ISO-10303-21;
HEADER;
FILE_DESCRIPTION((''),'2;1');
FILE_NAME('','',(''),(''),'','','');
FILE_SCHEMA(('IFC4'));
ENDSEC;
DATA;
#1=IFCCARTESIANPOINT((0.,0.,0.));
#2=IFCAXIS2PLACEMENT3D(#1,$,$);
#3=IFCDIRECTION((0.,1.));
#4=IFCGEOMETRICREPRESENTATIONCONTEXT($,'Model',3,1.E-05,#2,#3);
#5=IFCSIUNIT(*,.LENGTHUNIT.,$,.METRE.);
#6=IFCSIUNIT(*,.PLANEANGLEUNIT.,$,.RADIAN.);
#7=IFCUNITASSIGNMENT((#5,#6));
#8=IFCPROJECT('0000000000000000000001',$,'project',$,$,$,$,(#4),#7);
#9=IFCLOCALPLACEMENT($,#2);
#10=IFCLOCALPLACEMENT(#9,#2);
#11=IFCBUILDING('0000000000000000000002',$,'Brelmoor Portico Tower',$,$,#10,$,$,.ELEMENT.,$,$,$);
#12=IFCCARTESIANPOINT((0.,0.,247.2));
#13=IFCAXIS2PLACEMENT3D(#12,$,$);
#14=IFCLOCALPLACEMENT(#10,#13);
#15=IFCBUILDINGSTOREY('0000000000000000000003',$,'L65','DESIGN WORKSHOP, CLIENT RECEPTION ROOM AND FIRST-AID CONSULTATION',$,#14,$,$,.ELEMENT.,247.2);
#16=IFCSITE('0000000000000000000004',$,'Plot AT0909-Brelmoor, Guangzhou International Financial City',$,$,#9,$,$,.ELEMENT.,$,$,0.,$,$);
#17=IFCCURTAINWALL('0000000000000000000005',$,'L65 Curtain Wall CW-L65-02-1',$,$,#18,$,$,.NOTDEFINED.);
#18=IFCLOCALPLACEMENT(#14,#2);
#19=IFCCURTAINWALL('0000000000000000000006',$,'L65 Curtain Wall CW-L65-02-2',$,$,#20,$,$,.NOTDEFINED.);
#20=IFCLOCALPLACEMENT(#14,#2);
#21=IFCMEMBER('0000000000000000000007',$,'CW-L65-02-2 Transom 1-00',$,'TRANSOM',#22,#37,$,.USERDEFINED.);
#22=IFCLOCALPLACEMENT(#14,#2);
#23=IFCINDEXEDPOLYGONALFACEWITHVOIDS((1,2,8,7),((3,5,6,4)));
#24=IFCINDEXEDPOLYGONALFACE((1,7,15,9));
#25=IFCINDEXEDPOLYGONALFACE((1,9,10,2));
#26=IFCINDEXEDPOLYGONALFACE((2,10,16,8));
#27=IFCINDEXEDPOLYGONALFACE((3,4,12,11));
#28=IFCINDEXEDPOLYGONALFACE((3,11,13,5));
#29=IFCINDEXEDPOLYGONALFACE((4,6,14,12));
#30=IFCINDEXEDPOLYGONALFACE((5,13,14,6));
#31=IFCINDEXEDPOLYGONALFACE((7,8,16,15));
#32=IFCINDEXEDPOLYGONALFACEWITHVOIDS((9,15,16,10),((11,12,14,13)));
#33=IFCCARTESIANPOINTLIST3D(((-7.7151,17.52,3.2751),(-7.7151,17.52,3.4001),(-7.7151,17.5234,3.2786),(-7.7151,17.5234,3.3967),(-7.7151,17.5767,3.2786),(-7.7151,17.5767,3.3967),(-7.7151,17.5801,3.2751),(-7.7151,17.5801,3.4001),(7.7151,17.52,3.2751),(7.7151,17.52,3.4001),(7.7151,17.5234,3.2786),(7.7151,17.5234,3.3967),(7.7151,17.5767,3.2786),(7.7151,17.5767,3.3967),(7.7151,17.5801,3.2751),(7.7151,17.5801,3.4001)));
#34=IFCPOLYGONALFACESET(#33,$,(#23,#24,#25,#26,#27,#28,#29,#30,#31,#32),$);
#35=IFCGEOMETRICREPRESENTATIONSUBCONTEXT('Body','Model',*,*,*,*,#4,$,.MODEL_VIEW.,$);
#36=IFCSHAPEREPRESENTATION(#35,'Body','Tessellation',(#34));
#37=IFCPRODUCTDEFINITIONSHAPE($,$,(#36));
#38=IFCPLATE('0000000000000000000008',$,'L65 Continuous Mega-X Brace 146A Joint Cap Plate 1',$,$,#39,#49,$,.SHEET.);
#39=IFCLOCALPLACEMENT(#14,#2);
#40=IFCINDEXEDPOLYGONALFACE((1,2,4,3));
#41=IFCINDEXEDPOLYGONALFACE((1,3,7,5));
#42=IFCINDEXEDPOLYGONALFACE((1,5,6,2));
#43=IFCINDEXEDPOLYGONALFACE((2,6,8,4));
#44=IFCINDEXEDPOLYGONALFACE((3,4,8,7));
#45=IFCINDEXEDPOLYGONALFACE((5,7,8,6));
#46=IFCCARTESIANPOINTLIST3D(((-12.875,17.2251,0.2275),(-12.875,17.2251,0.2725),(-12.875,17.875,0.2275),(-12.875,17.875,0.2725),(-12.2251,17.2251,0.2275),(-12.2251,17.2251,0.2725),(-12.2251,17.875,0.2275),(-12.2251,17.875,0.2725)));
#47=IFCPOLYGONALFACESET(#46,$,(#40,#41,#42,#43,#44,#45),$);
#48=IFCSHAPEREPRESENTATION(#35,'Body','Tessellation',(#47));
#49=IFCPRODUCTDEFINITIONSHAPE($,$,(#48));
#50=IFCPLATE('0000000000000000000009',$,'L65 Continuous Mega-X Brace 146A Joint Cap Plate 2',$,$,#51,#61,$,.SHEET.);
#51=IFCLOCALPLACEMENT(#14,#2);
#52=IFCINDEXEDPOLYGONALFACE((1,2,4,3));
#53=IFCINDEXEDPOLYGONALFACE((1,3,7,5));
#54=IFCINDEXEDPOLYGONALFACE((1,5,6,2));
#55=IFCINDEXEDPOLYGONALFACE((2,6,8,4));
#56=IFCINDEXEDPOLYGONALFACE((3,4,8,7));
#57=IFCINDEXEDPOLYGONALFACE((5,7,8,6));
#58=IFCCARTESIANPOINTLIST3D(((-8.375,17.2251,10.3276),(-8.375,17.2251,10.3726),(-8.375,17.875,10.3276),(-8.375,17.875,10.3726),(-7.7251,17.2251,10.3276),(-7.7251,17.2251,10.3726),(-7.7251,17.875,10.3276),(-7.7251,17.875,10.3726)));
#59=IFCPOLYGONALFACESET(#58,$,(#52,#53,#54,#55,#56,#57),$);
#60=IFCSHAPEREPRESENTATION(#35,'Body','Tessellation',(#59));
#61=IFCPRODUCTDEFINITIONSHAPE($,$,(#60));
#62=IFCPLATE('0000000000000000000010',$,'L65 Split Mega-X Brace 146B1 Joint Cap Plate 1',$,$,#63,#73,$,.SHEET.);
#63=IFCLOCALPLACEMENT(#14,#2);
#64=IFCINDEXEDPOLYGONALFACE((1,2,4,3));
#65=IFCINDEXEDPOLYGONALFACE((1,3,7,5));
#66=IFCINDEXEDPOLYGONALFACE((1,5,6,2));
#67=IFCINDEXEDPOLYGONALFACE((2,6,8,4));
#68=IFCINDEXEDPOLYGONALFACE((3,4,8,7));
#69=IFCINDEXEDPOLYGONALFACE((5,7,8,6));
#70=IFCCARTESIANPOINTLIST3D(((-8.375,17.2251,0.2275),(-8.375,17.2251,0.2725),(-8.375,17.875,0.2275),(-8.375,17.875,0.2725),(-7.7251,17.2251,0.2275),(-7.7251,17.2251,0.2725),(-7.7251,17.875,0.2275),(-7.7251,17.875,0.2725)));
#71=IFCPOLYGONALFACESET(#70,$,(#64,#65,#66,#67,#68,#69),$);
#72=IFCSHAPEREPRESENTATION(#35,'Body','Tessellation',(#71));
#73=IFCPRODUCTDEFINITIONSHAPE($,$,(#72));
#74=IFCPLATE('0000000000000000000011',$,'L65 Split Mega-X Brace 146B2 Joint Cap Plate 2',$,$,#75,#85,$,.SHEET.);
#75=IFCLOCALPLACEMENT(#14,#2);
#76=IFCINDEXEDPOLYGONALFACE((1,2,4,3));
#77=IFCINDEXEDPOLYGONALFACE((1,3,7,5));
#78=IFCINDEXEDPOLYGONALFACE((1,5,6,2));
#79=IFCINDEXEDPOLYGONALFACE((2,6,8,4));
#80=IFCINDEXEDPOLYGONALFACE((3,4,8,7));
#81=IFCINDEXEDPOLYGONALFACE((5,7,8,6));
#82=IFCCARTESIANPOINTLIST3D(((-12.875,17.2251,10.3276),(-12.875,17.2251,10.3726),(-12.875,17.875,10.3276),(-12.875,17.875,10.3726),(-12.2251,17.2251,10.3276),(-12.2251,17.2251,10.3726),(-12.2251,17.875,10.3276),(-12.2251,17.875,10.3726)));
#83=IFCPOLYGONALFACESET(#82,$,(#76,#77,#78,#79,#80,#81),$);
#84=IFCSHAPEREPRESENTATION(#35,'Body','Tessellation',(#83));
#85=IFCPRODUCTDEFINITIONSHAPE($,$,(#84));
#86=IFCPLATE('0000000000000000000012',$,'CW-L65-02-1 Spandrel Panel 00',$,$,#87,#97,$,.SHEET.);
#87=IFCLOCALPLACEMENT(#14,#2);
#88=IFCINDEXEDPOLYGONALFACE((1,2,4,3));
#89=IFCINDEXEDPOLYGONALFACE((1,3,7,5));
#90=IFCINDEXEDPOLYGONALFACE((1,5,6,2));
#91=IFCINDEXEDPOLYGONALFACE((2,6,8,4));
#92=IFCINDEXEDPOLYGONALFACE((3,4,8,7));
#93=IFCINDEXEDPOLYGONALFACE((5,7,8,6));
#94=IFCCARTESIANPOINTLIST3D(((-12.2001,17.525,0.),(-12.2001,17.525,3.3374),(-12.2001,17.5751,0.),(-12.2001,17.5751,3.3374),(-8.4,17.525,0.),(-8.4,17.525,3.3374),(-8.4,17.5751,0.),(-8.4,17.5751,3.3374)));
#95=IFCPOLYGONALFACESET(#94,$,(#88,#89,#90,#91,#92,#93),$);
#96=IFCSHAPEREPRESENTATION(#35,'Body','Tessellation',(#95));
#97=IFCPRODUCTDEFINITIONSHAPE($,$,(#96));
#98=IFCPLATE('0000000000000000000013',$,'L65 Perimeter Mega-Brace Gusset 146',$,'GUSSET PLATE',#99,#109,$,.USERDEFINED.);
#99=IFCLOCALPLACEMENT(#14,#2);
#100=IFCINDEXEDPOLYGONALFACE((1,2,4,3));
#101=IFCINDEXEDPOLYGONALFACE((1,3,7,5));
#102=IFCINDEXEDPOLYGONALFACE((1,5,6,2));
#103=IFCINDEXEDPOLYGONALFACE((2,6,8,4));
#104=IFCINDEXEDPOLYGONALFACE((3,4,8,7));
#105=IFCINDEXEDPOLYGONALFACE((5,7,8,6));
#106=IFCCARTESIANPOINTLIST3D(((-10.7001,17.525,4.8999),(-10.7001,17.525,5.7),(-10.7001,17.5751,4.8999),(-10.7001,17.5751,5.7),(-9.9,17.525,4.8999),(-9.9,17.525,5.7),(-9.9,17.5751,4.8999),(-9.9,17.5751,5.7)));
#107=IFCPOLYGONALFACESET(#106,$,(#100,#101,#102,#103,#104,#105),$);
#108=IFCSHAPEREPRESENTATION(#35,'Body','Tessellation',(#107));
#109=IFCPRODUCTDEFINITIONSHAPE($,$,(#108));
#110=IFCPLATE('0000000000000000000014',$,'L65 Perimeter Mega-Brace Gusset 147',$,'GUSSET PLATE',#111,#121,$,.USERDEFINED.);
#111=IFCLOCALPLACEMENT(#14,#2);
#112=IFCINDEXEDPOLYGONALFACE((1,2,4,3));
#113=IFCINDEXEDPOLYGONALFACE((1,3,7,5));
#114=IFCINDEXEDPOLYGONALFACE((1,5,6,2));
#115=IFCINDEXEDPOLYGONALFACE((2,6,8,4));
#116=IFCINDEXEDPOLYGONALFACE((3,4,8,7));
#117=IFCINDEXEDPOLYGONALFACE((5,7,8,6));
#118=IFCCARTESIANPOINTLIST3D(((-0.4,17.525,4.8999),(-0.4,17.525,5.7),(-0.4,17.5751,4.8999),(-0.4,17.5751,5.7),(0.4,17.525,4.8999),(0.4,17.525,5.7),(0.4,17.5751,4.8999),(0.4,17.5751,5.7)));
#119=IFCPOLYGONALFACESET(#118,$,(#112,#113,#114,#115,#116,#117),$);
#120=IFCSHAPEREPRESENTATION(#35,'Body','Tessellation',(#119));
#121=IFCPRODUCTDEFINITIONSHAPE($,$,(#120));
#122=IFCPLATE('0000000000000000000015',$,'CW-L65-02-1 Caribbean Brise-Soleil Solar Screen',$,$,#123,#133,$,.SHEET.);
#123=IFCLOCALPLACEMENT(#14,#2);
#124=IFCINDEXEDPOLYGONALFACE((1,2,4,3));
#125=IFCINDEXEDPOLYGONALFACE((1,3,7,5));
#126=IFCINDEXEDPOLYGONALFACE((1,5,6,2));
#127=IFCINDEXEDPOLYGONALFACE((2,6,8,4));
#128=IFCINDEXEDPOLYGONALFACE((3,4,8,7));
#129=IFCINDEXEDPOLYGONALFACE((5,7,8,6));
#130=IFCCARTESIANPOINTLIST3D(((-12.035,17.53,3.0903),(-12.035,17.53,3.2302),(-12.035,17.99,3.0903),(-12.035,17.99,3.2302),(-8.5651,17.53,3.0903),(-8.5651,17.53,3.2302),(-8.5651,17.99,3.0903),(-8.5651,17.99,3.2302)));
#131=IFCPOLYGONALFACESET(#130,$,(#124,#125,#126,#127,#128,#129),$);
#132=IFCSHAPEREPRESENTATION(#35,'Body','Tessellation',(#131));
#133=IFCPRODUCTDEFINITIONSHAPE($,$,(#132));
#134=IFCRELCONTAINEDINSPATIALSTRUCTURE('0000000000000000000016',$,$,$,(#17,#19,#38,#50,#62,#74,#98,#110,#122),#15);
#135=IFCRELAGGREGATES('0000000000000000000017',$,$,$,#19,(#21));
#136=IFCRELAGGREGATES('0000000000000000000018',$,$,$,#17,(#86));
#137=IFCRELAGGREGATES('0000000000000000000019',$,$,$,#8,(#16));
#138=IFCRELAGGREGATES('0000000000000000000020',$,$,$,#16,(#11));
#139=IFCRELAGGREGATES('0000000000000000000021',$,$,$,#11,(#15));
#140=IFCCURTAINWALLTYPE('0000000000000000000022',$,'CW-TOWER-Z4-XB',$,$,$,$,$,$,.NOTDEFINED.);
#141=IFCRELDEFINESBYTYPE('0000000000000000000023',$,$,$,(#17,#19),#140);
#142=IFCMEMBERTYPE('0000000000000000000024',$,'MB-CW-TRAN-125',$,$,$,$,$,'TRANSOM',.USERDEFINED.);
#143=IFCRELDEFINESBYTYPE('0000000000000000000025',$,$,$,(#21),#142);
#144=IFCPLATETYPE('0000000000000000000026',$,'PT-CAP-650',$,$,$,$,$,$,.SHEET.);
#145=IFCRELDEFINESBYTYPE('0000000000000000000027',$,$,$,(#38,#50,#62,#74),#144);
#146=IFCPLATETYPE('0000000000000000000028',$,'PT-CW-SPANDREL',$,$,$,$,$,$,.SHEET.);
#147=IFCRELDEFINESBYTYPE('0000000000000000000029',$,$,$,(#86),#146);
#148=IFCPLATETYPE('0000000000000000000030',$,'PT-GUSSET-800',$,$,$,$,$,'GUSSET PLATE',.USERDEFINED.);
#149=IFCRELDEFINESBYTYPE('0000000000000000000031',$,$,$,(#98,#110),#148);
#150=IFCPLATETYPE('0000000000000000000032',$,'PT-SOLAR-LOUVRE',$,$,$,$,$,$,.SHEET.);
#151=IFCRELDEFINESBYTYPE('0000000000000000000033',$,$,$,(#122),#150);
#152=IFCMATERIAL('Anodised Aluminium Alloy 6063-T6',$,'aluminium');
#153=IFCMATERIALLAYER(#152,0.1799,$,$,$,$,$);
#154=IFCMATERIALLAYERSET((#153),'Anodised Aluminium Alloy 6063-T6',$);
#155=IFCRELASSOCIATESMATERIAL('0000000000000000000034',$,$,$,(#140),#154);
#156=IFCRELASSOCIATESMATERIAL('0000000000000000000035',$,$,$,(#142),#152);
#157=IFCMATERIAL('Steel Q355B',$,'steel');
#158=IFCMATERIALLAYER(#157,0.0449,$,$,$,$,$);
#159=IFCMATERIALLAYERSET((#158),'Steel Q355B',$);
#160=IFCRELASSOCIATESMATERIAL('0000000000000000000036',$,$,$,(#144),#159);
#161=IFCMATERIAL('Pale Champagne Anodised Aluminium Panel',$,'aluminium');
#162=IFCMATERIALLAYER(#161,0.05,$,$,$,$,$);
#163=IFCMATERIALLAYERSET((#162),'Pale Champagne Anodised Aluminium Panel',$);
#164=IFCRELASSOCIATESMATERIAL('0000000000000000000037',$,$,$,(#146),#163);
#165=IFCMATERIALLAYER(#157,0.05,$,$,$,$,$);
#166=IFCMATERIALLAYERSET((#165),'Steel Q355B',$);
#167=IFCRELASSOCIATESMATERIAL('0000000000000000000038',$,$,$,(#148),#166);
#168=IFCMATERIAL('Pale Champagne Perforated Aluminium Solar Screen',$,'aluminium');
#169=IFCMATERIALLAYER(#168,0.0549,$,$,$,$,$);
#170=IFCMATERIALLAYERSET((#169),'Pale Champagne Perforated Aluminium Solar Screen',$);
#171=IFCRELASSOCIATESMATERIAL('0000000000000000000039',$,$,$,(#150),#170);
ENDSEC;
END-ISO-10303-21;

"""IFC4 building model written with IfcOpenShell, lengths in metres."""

from ifc_helpers import new_model, si_unit, direction, frame, origin, origin_2d, place, context, subcontext, project, spatial, rectangle, hollow_rectangle, extrude, material, layer, layer_set, material_profile, profile_set, type_object, element, aggregate, save


model = new_model("IFC4")

# Units and contexts
model_context = context("Model", 3, precision=1e-05, world=origin(), true_north=direction((0.0, 1.0)))
body_context = subcontext(model_context, "Body", "Model", "MODEL_VIEW")
ifc_project = project(units=[si_unit("LENGTHUNIT", "METRE"), si_unit("PLANEANGLEUNIT", "RADIAN")], contexts=[model_context])

# Site, building, storey
site_placement = place(None, origin())
site = spatial("IfcSite", under=ifc_project, at=site_placement, Name="Plot AT0909-Brelmoor, Guangzhou International Financial City", CompositionType="ELEMENT", RefElevation=0.0)
building_placement = place(site_placement, origin())
building = spatial("IfcBuilding", under=site, at=building_placement, Name="Brelmoor Portico Tower", CompositionType="ELEMENT")
storey_placement = place(building_placement, frame((0.0, 0.0, 247.2)))
storey = spatial("IfcBuildingStorey", under=building, at=storey_placement, Name="L65", Description="DESIGN WORKSHOP, CLIENT RECEPTION ROOM AND FIRST-AID CONSULTATION", CompositionType="ELEMENT", Elevation=247.2)

# Shared definitions
ifc_material_1 = material(Name="Steel Q355B", Category="steel")

# Curtain wall
ifc_material_2 = material(Name="Anodised Aluminium Alloy 6063-T6", Category="aluminium")
ifc_layer_1 = layer(ifc_material_2, 0.1799)
ifc_layer_set_1 = layer_set([ifc_layer_1], Name="Anodised Aluminium Alloy 6063-T6")
curtain_wall_type = type_object("IfcCurtainWallType", Name="CW-TOWER-Z4-XB", PredefinedType="NOTDEFINED", material=ifc_layer_set_1)
curtain_wall_1_placement = place(storey_placement, origin())
curtain_wall_1 = element("IfcCurtainWall", 1, at=curtain_wall_1_placement, inside=storey, type_object=curtain_wall_type, Name="L65 Curtain Wall CW-L65-02-1", PredefinedType="NOTDEFINED")

# Curtain wall
curtain_wall_2_placement = place(storey_placement, origin())
curtain_wall_2 = element("IfcCurtainWall", 2, at=curtain_wall_2_placement, inside=storey, type_object=curtain_wall_type, Name="L65 Curtain Wall CW-L65-02-2", PredefinedType="NOTDEFINED")

# Member
ifc_material_profile_1 = material_profile(ifc_material_2, hollow_rectangle(XDim=0.0601, YDim=0.125, WallThickness=0.0034, at=origin_2d()), Name="ALU TRANSOM 60x125")
ifc_profile_set_1 = profile_set([ifc_material_profile_1], Name="Anodised Aluminium Alloy 6063-T6")
member_type_1 = type_object("IfcMemberType", Name="MB-CW-TRAN-125", ElementType="TRANSOM", PredefinedType="USERDEFINED", material=ifc_profile_set_1)
member_1_placement = place(storey_placement, frame((-7.7151, 17.55, 3.3376), z_axis=(1.0, 0.0, 0.0), x_axis=(0.0, 1.0, 0.0)))
member_1 = element("IfcMember", 3, at=member_1_placement, type_object=member_type_1, Name="CW-L65-02-2 Transom 1-00", ObjectType="TRANSOM", PredefinedType="USERDEFINED", context=body_context, shape_type="SweptSolid", body=[
    extrude(hollow_rectangle(XDim=0.0601, YDim=0.125, WallThickness=0.0034, at=origin_2d()), origin(), (0.0, 0.0, 1.0), 15.4302),
])
aggregate(curtain_wall_2, [member_1])

# Plates
ifc_layer_2 = layer(ifc_material_1, 0.0449)
ifc_layer_set_2 = layer_set([ifc_layer_2], Name="Steel Q355B")
plate_type_1 = type_object("IfcPlateType", Name="PT-CAP-650", PredefinedType="SHEET", material=ifc_layer_set_2)
for number, where, z_axis, x_axis, name in (
    (4, (-12.55, 17.55, 0.2275), (0.0, 0.0, 1.0), (1.0, 0.0, 0.0), "L65 Continuous Mega-X Brace 146A Joint Cap Plate 1"),
    (5, (-8.05, 17.55, 10.3276), (0.0, 0.0, 1.0), (1.0, 0.0, 0.0), "L65 Continuous Mega-X Brace 146A Joint Cap Plate 2"),
    (6, (-8.05, 17.55, 0.2275), (0.0, 0.0, 1.0), (1.0, 0.0, 0.0), "L65 Split Mega-X Brace 146B1 Joint Cap Plate 1"),
    (7, (-12.55, 17.55, 10.3276), (0.0, 0.0, 1.0), (1.0, 0.0, 0.0), "L65 Split Mega-X Brace 146B2 Joint Cap Plate 2"),
):
    element("IfcPlate", number, at=place(storey_placement, frame(where, z_axis=z_axis, x_axis=x_axis)), inside=storey, type_object=plate_type_1, Name=name, PredefinedType="SHEET", context=body_context, shape_type="SweptSolid", body=[
        extrude(rectangle(XDim=0.6499, YDim=0.6499, at=origin_2d()), origin(), (0.0, 0.0, 1.0), 0.0449),
    ])

# Plate
ifc_material_3 = material(Name="Pale Champagne Anodised Aluminium Panel", Category="aluminium")
ifc_layer_3 = layer(ifc_material_3, 0.05)
ifc_layer_set_3 = layer_set([ifc_layer_3], Name="Pale Champagne Anodised Aluminium Panel")
plate_type_2 = type_object("IfcPlateType", Name="PT-CW-SPANDREL", PredefinedType="SHEET", material=ifc_layer_set_3)
plate_1_placement = place(storey_placement, frame((-10.3, 17.55, 0.0), z_axis=(0.0, 0.0, 1.0), x_axis=(1.0, 0.0, 0.0)))
plate_1 = element("IfcPlate", 8, at=plate_1_placement, type_object=plate_type_2, Name="CW-L65-02-1 Spandrel Panel 00", PredefinedType="SHEET", context=body_context, shape_type="SweptSolid", body=[
    extrude(rectangle(XDim=3.8, YDim=0.05, at=origin_2d()), origin(), (0.0, 0.0, 1.0), 3.3374),
])
aggregate(curtain_wall_1, [plate_1])

# Plates
ifc_layer_4 = layer(ifc_material_1, 0.05)
ifc_layer_set_4 = layer_set([ifc_layer_4], Name="Steel Q355B")
plate_type_3 = type_object("IfcPlateType", Name="PT-GUSSET-800", ElementType="GUSSET PLATE", PredefinedType="USERDEFINED", material=ifc_layer_set_4)
for number, where, z_axis, x_axis, name in (
    (9, (-10.3, 17.55, 4.8999), (0.0, 0.0, 1.0), (1.0, 0.0, 0.0), "L65 Perimeter Mega-Brace Gusset 146"),
    (10, (0.0, 17.55, 4.8999), (0.0, 0.0, 1.0), (1.0, 0.0, 0.0), "L65 Perimeter Mega-Brace Gusset 147"),
):
    element("IfcPlate", number, at=place(storey_placement, frame(where, z_axis=z_axis, x_axis=x_axis)), inside=storey, type_object=plate_type_3, Name=name, ObjectType="GUSSET PLATE", PredefinedType="USERDEFINED", context=body_context, shape_type="SweptSolid", body=[
        extrude(rectangle(XDim=0.8, YDim=0.05, at=origin_2d()), origin(), (0.0, 0.0, 1.0), 0.8),
    ])
ifc_material_4 = material(Name="Pale Champagne Perforated Aluminium Solar Screen", Category="aluminium")
ifc_layer_5 = layer(ifc_material_4, 0.0549)
ifc_layer_set_5 = layer_set([ifc_layer_5], Name="Pale Champagne Perforated Aluminium Solar Screen")
plate_type_4 = type_object("IfcPlateType", Name="PT-SOLAR-LOUVRE", PredefinedType="SHEET", material=ifc_layer_set_5)
plate_2_placement = place(storey_placement, frame((-10.3, 17.76, 3.0903), z_axis=(0.0, 0.0, 1.0), x_axis=(1.0, 0.0, 0.0)))
element("IfcPlate", 11, at=plate_2_placement, inside=storey, type_object=plate_type_4, Name="CW-L65-02-1 Caribbean Brise-Soleil Solar Screen", PredefinedType="SHEET", context=body_context, shape_type="SweptSolid", body=[
    extrude(rectangle(XDim=3.47, YDim=0.46, at=origin_2d()), origin(), (0.0, 0.0, 1.0), 0.1399),
])

save(model, "model.ifc")
